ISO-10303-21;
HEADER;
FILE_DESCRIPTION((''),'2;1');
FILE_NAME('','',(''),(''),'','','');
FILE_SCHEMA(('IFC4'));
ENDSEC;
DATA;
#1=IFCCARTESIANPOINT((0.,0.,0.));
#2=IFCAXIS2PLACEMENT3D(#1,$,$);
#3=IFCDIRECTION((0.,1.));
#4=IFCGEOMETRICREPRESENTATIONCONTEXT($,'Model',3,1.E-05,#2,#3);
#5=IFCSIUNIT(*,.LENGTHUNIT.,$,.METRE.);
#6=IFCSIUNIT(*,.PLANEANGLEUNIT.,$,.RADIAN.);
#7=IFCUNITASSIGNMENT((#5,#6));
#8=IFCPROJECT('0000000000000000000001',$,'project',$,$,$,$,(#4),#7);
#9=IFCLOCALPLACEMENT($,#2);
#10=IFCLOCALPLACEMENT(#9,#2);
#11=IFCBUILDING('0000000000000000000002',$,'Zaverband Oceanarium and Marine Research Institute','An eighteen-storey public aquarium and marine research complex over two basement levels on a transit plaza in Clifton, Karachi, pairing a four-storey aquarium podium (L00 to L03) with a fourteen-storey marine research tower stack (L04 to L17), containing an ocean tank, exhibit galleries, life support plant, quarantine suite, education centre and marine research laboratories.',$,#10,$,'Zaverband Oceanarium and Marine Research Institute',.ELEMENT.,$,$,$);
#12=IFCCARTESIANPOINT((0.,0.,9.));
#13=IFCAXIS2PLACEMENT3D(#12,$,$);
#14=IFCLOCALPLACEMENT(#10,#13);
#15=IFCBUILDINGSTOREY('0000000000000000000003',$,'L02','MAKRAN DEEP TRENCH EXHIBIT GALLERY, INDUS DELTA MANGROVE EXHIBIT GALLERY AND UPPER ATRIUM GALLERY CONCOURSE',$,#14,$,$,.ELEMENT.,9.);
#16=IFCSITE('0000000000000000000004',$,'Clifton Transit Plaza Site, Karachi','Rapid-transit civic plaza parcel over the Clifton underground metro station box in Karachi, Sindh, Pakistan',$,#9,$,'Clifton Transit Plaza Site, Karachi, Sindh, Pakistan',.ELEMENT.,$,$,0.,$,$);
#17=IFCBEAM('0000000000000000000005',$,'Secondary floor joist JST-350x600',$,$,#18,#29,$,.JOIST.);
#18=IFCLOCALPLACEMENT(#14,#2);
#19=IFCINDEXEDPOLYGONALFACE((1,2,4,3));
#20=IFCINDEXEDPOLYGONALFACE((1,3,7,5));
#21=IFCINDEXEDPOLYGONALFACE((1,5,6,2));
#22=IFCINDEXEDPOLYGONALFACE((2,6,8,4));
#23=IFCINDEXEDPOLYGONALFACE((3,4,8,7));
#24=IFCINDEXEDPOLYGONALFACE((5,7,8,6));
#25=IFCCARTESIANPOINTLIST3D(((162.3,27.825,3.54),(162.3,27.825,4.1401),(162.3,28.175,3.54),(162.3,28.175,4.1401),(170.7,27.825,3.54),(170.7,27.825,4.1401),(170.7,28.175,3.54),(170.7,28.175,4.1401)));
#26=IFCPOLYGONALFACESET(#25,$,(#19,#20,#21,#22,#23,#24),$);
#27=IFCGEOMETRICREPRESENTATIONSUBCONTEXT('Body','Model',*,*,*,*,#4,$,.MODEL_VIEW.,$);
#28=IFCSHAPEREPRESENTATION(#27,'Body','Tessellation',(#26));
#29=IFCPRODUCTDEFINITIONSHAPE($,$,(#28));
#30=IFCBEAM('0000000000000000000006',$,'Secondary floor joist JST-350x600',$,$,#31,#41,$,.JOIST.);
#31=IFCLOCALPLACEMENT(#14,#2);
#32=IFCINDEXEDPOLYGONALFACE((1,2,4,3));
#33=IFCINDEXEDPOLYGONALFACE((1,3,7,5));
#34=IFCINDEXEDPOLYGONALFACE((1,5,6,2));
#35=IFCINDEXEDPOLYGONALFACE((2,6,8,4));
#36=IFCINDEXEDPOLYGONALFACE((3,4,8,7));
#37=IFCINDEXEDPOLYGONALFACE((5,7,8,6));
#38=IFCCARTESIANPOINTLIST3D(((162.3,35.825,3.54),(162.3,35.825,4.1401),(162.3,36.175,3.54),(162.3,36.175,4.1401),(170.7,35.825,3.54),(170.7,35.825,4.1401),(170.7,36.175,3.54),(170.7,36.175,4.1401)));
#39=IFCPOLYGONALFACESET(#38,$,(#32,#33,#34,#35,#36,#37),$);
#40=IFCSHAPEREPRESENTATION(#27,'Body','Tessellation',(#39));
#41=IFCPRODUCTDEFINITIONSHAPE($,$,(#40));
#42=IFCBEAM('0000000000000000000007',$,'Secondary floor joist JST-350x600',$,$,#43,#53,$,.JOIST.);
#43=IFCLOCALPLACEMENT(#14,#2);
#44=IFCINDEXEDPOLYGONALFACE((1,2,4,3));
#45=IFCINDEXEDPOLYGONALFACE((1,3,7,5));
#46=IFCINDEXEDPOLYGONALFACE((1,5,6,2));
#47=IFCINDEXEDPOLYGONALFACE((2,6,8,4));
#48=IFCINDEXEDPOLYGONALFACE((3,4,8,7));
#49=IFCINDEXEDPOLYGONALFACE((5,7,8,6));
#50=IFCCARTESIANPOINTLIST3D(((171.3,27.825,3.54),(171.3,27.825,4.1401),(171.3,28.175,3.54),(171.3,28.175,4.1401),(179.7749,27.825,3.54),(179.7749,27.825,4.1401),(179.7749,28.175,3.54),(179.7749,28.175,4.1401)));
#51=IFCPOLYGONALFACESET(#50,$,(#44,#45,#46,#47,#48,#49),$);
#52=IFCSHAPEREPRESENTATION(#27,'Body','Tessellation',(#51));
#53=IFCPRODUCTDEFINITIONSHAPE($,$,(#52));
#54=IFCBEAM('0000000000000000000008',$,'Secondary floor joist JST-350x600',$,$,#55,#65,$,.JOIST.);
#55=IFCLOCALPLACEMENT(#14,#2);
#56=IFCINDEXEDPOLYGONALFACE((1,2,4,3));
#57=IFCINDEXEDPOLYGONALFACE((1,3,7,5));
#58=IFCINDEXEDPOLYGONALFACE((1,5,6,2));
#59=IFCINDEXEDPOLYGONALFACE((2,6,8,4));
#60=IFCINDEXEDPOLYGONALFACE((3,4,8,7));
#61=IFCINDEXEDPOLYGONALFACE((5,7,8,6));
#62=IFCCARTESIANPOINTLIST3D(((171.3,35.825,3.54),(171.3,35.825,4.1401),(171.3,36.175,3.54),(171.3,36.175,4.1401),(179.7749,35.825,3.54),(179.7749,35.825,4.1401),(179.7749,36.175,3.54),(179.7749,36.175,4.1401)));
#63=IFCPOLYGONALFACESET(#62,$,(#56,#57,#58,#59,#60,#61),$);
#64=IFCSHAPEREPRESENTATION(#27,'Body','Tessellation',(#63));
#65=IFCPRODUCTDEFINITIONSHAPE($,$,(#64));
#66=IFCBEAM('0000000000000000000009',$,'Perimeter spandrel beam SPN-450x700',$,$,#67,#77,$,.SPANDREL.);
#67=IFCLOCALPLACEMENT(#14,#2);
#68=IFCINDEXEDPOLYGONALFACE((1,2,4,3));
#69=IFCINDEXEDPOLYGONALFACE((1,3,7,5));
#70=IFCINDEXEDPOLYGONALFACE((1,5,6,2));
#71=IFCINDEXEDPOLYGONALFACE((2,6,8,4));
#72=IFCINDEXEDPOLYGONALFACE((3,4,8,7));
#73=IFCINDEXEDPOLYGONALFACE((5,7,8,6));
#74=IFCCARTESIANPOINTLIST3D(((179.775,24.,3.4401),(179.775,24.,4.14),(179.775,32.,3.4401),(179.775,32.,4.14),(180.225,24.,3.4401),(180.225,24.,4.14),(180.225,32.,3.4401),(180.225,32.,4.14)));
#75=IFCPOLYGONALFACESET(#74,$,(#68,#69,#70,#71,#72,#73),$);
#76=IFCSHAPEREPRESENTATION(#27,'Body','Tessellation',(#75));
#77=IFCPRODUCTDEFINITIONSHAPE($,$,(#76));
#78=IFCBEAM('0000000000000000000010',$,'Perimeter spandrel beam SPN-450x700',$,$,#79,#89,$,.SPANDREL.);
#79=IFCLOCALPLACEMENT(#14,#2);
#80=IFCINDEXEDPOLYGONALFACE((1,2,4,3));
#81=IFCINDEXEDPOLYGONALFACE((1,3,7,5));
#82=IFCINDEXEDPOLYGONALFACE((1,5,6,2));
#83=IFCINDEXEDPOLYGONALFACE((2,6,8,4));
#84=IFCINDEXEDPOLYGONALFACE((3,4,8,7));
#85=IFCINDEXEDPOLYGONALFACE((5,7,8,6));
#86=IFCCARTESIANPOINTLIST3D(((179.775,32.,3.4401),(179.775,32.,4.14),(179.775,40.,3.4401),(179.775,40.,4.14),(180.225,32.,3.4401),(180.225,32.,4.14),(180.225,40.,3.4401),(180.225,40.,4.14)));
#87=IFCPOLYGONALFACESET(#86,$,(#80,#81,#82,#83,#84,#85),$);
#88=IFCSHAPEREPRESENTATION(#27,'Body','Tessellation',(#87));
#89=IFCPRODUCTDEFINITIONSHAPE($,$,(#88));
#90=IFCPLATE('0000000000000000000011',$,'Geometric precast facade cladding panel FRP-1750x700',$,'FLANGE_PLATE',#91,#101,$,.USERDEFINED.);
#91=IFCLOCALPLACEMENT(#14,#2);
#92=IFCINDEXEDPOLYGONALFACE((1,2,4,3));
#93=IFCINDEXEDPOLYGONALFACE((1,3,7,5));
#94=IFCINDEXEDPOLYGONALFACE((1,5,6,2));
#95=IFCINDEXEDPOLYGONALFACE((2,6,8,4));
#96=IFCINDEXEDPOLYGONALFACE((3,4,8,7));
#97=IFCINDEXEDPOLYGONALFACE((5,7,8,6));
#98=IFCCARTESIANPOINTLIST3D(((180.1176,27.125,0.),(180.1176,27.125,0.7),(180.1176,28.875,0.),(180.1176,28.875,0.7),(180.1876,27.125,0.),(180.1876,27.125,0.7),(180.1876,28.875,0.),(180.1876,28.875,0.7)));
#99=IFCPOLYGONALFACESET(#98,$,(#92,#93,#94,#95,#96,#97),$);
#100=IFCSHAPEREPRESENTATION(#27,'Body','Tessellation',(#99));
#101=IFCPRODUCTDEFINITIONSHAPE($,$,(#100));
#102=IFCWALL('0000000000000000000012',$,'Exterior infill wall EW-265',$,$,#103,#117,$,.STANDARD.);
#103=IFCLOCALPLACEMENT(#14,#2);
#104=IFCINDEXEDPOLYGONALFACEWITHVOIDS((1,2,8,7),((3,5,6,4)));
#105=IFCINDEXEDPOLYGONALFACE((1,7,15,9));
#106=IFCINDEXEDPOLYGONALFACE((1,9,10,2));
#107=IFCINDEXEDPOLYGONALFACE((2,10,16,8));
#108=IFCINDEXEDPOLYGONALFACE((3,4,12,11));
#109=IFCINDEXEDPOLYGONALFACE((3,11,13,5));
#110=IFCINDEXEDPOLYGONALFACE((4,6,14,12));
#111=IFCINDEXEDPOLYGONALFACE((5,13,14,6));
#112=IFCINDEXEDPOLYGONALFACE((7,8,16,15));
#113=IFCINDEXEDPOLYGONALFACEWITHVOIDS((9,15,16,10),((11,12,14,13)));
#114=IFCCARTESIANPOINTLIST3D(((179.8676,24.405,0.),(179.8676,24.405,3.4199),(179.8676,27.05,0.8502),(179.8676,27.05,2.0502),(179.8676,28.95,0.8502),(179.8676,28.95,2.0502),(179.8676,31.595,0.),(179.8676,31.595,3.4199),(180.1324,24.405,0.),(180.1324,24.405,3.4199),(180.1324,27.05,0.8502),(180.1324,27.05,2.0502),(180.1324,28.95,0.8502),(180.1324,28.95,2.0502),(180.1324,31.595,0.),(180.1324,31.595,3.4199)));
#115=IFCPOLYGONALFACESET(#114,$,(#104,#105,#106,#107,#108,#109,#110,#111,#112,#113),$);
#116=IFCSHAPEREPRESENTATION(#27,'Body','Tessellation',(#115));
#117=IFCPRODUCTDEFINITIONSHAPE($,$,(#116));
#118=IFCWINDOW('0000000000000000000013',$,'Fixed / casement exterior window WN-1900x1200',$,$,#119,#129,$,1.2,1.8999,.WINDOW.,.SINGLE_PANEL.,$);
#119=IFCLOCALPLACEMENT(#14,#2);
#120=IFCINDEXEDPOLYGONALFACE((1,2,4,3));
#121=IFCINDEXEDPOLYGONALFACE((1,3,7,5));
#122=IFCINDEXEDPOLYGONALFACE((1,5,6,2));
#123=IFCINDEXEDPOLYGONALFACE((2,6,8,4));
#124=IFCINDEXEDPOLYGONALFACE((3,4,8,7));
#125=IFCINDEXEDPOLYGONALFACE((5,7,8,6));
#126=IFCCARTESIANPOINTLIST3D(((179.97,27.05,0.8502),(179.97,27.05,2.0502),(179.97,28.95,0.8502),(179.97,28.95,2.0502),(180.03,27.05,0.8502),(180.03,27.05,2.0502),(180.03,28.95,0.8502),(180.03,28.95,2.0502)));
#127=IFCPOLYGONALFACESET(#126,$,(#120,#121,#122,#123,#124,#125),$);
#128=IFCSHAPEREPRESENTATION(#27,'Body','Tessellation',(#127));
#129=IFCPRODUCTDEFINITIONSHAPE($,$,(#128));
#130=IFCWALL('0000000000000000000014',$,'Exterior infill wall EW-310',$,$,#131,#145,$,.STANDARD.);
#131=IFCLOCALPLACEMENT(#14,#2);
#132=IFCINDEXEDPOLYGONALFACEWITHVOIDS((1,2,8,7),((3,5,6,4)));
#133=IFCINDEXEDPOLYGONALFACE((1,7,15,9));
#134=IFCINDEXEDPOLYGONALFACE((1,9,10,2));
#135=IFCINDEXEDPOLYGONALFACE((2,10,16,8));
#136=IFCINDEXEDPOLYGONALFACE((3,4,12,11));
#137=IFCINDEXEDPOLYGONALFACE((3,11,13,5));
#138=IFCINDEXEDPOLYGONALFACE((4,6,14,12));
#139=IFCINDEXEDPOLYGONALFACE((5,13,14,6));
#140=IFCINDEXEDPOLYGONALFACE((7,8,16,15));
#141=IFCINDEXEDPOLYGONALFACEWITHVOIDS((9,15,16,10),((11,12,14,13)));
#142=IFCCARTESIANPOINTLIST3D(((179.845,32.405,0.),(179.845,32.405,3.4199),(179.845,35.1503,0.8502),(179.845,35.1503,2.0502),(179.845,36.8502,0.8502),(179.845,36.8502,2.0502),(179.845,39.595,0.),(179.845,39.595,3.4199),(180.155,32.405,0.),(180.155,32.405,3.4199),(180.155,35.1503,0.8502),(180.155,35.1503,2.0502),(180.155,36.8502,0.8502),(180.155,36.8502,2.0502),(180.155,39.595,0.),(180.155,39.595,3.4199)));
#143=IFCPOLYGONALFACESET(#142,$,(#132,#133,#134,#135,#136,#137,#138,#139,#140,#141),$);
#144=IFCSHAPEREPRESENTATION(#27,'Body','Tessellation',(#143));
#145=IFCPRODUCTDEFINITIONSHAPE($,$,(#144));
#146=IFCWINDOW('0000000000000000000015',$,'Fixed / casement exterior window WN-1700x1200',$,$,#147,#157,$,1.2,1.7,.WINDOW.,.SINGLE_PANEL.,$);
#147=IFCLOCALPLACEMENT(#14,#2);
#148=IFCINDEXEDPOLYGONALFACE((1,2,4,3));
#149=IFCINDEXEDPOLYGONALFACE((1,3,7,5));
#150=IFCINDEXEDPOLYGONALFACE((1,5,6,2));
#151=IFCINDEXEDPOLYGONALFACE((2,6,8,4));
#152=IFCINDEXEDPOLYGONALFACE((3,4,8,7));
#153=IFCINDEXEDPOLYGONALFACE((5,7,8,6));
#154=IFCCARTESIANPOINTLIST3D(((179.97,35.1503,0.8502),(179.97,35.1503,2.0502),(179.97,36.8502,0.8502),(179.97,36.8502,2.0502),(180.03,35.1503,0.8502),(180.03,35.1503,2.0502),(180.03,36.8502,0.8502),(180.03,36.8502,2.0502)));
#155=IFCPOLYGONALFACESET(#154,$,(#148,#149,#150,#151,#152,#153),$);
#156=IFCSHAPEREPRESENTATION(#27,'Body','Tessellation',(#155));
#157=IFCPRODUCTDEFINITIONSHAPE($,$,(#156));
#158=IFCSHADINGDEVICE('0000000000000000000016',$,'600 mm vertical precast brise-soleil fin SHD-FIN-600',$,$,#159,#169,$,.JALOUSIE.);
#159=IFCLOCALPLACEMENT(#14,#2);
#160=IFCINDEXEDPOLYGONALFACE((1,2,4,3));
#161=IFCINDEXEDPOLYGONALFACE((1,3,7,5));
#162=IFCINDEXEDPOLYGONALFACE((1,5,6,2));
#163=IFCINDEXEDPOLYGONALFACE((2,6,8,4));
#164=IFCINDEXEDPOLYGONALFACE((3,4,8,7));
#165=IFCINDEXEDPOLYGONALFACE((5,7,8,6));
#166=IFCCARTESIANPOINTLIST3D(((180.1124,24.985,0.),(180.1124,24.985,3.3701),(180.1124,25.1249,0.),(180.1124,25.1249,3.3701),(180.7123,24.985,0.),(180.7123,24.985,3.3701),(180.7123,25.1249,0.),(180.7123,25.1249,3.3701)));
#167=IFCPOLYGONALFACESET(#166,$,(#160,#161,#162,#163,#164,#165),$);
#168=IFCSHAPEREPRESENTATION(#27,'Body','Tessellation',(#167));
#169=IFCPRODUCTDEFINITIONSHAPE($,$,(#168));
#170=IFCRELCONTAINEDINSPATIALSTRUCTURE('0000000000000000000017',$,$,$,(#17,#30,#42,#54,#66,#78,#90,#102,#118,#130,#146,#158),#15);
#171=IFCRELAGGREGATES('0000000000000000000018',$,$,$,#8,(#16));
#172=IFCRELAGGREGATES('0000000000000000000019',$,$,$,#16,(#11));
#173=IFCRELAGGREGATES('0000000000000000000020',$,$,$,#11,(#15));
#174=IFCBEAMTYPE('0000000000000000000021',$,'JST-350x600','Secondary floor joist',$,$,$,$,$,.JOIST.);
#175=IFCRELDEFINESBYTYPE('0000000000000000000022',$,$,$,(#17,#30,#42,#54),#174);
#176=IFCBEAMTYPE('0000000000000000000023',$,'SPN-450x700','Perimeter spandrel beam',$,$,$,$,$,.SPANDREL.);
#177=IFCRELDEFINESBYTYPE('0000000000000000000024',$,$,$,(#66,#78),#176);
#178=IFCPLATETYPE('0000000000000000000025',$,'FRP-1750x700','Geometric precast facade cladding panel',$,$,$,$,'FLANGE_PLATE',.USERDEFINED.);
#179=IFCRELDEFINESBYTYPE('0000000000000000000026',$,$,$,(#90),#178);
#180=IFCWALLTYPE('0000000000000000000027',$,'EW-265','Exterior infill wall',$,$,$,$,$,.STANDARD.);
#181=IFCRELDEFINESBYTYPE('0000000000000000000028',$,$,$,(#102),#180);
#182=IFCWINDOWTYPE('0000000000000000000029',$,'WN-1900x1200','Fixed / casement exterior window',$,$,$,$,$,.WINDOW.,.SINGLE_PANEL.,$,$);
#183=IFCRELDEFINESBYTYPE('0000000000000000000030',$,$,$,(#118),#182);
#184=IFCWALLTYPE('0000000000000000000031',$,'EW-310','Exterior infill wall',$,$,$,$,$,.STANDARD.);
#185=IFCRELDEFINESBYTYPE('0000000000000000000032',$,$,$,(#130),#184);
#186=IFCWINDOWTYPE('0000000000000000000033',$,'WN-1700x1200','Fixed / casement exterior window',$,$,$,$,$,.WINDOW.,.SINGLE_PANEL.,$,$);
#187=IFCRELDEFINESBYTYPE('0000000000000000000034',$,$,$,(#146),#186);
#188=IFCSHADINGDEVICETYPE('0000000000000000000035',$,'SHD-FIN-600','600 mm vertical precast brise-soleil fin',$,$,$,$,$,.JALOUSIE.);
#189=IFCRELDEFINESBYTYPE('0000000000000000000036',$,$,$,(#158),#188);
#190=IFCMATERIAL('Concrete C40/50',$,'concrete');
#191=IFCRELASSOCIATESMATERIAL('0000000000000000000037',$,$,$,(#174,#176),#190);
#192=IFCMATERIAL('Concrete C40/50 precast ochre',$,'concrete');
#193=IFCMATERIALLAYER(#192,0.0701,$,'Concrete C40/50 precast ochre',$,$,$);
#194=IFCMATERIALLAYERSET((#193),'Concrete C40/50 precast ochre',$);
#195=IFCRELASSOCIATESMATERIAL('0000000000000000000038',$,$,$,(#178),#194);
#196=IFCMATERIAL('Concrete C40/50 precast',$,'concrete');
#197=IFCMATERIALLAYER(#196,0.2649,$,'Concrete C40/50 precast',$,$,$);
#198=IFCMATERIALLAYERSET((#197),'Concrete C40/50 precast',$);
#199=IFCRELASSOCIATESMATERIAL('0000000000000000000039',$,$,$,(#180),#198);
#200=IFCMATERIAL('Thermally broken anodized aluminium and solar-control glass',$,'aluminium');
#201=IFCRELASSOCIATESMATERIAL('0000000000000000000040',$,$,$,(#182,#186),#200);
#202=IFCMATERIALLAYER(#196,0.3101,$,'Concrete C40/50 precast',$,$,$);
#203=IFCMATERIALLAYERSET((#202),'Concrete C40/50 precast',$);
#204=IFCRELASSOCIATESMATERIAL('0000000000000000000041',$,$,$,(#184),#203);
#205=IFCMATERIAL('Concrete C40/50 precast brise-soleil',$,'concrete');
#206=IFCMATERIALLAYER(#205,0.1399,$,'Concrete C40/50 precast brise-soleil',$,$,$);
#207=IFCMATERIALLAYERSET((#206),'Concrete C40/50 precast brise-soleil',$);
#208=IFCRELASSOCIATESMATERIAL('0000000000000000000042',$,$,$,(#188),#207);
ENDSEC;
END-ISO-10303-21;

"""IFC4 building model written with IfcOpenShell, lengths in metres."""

from ifc_helpers import new_model, si_unit, direction, frame, frame_2d, origin, origin_2d, place, context, subcontext, project, spatial, rectangle, extrude, material, layer, layer_set, material_profile, profile_set, type_object, element, fill, save


model = new_model("IFC4")

# Units and contexts
model_context = context("Model", 3, precision=1e-05, world=origin(), true_north=direction((0.0, 1.0)))
body_context = subcontext(model_context, "Body", "Model", "MODEL_VIEW")
ifc_project = project(units=[si_unit("LENGTHUNIT", "METRE"), si_unit("PLANEANGLEUNIT", "RADIAN")], contexts=[model_context])

# Site, building, storey
site_placement = place(None, origin())
site = spatial("IfcSite", under=ifc_project, at=site_placement, Name="Clifton Transit Plaza Site, Karachi", Description="Rapid-transit civic plaza parcel over the Clifton underground metro station box in Karachi, Sindh, Pakistan", LongName="Clifton Transit Plaza Site, Karachi, Sindh, Pakistan", CompositionType="ELEMENT", RefElevation=0.0)
building_placement = place(site_placement, origin())
building = spatial("IfcBuilding", under=site, at=building_placement, Name="Zaverband Oceanarium and Marine Research Institute", Description="An eighteen-storey public aquarium and marine research complex over two basement levels on a transit plaza in Clifton, Karachi, pairing a four-storey aquarium podium (L00 to L03) with a fourteen-storey marine research tower stack (L04 to L17), containing an ocean tank, exhibit galleries, life support plant, quarantine suite, education centre and marine research laboratories.", LongName="Zaverband Oceanarium and Marine Research Institute", CompositionType="ELEMENT")
storey_placement = place(building_placement, frame((0.0, 0.0, 9.0)))
storey = spatial("IfcBuildingStorey", under=building, at=storey_placement, Name="L02", Description="MAKRAN DEEP TRENCH EXHIBIT GALLERY, INDUS DELTA MANGROVE EXHIBIT GALLERY AND UPPER ATRIUM GALLERY CONCOURSE", CompositionType="ELEMENT", Elevation=9.0)

# Beams
ifc_material_1 = material(Name="Concrete C40/50", Category="concrete")
ifc_material_profile_1 = material_profile(ifc_material_1, rectangle(XDim=0.3501, YDim=0.6001, at=origin_2d()), Name="RC350x600")
ifc_profile_set_1 = profile_set([ifc_material_profile_1], Name="Concrete C40/50")
beam_type_1 = type_object("IfcBeamType", Name="JST-350x600", Description="Secondary floor joist", PredefinedType="JOIST", material=ifc_profile_set_1)
for number, where, z_axis, x_axis, name in (
    (1, (162.3, 28.0, 3.8401), (1.0, 0.0, 0.0), (0.0, 1.0, 0.0), "Secondary floor joist JST-350x600"),
    (2, (162.3, 36.0, 3.8401), (1.0, 0.0, 0.0), (0.0, 1.0, 0.0), "Secondary floor joist JST-350x600"),
):
    element("IfcBeam", number, at=place(storey_placement, frame(where, z_axis=z_axis, x_axis=x_axis)), inside=storey, type_object=beam_type_1, Name=name, PredefinedType="JOIST", context=body_context, shape_type="SweptSolid", body=[
        extrude(rectangle(XDim=0.3501, YDim=0.6001, at=origin_2d()), origin(), (0.0, 0.0, 1.0), 8.3999),
    ])
for number, where, z_axis, x_axis, name in (
    (3, (171.3, 28.0, 3.8401), (1.0, 0.0, 0.0), (0.0, 1.0, 0.0), "Secondary floor joist JST-350x600"),
    (4, (171.3, 36.0, 3.8401), (1.0, 0.0, 0.0), (0.0, 1.0, 0.0), "Secondary floor joist JST-350x600"),
):
    element("IfcBeam", number, at=place(storey_placement, frame(where, z_axis=z_axis, x_axis=x_axis)), inside=storey, type_object=beam_type_1, Name=name, PredefinedType="JOIST", context=body_context, shape_type="SweptSolid", body=[
        extrude(rectangle(XDim=0.3501, YDim=0.6001, at=origin_2d()), origin(), (0.0, 0.0, 1.0), 8.4749),
    ])
ifc_material_profile_2 = material_profile(ifc_material_1, rectangle(XDim=0.45, YDim=0.7, at=origin_2d()), Name="RC450x700")
ifc_profile_set_2 = profile_set([ifc_material_profile_2], Name="Concrete C40/50")
beam_type_2 = type_object("IfcBeamType", Name="SPN-450x700", Description="Perimeter spandrel beam", PredefinedType="SPANDREL", material=ifc_profile_set_2)
for number, where, z_axis, x_axis, name in (
    (5, (180.0, 24.0, 3.79), (0.0, 1.0, 0.0), (-1.0, 0.0, 0.0), "Perimeter spandrel beam SPN-450x700"),
    (6, (180.0, 32.0, 3.79), (0.0, 1.0, 0.0), (-1.0, 0.0, 0.0), "Perimeter spandrel beam SPN-450x700"),
):
    element("IfcBeam", number, at=place(storey_placement, frame(where, z_axis=z_axis, x_axis=x_axis)), inside=storey, type_object=beam_type_2, Name=name, PredefinedType="SPANDREL", context=body_context, shape_type="SweptSolid", body=[
        extrude(rectangle(XDim=0.45, YDim=0.7, at=origin_2d()), origin(), (0.0, 0.0, 1.0), 8.0),
    ])

# Plate
ifc_material_2 = material(Name="Concrete C40/50 precast ochre", Category="concrete")
ifc_layer_1 = layer(ifc_material_2, 0.0701, Name="Concrete C40/50 precast ochre")
ifc_layer_set_1 = layer_set([ifc_layer_1], Name="Concrete C40/50 precast ochre")
plate_type = type_object("IfcPlateType", Name="FRP-1750x700", Description="Geometric precast facade cladding panel", ElementType="FLANGE_PLATE", PredefinedType="USERDEFINED", material=ifc_layer_set_1)
plate_placement = place(storey_placement, frame((180.1526, 27.125, 0.0), z_axis=(0.0, 0.0, 1.0), x_axis=(0.0, 1.0, 0.0)))
element("IfcPlate", 7, at=plate_placement, inside=storey, type_object=plate_type, Name="Geometric precast facade cladding panel FRP-1750x700", ObjectType="FLANGE_PLATE", PredefinedType="USERDEFINED", context=body_context, shape_type="SweptSolid", body=[
    extrude(rectangle(XDim=1.75, YDim=0.0701, at=frame_2d((0.875, 0.0))), origin(), (0.0, 0.0, 1.0), 0.7),
])

# Walls, openings, windows
ifc_material_3 = material(Name="Concrete C40/50 precast", Category="concrete")
ifc_layer_2 = layer(ifc_material_3, 0.2649, Name="Concrete C40/50 precast")
ifc_layer_set_2 = layer_set([ifc_layer_2], Name="Concrete C40/50 precast")
wall_type_1 = type_object("IfcWallType", Name="EW-265", Description="Exterior infill wall", PredefinedType="STANDARD", material=ifc_layer_set_2)
wall_1_placement = place(storey_placement, frame((180.0, 24.405, 0.0), z_axis=(0.0, 0.0, 1.0), x_axis=(0.0, 1.0, 0.0)))
wall_1 = element("IfcWall", 8, at=wall_1_placement, inside=storey, type_object=wall_type_1, Name="Exterior infill wall EW-265", PredefinedType="STANDARD", context=body_context, shape_type="SweptSolid", body=[
    extrude(rectangle(XDim=7.1899, YDim=0.2649, at=frame_2d((3.595, 0.0))), origin(), (0.0, 0.0, 1.0), 3.4199),
])
opening_1_placement = place(wall_1_placement, frame((2.645, 0.0, 0.8501)))
opening_1 = element("IfcOpeningElement", 9, at=opening_1_placement, cuts=wall_1, PredefinedType="OPENING", context=body_context, shape_type="SweptSolid", body=[
    extrude(rectangle(XDim=1.8999, YDim=1.2, at=frame_2d((0.95, 0.6001))), frame((0.0, 0.1445, 0.0), z_axis=(0.0, -1.0, 0.0), x_axis=(1.0, 0.0, 0.0)), (0.0, 0.0, 1.0), 0.2888),
])
ifc_material_4 = material(Name="Thermally broken anodized aluminium and solar-control glass", Category="aluminium")
window_type_1 = type_object("IfcWindowType", Name="WN-1900x1200", Description="Fixed / casement exterior window", PartitioningType="SINGLE_PANEL", PredefinedType="WINDOW", material=ifc_material_4)
window_1_placement = place(opening_1_placement, origin())
window_1 = element("IfcWindow", 10, at=window_1_placement, inside=storey, type_object=window_type_1, Name="Fixed / casement exterior window WN-1900x1200", OverallHeight=1.2, OverallWidth=1.8999, PartitioningType="SINGLE_PANEL", PredefinedType="WINDOW", context=body_context, shape_type="SweptSolid", body=[
    extrude(rectangle(XDim=1.8999, YDim=1.2, at=frame_2d((0.95, 0.6001))), frame((0.0, 0.03, 0.0), z_axis=(0.0, -1.0, 0.0), x_axis=(1.0, 0.0, 0.0)), (0.0, 0.0, 1.0), 0.0601),
])
fill(opening_1, window_1)
ifc_layer_3 = layer(ifc_material_3, 0.3101, Name="Concrete C40/50 precast")
ifc_layer_set_3 = layer_set([ifc_layer_3], Name="Concrete C40/50 precast")
wall_type_2 = type_object("IfcWallType", Name="EW-310", Description="Exterior infill wall", PredefinedType="STANDARD", material=ifc_layer_set_3)
wall_2_placement = place(storey_placement, frame((180.0, 32.405, 0.0), z_axis=(0.0, 0.0, 1.0), x_axis=(0.0, 1.0, 0.0)))
wall_2 = element("IfcWall", 11, at=wall_2_placement, inside=storey, type_object=wall_type_2, Name="Exterior infill wall EW-310", PredefinedType="STANDARD", context=body_context, shape_type="SweptSolid", body=[
    extrude(rectangle(XDim=7.1899, YDim=0.3101, at=frame_2d((3.595, 0.0))), origin(), (0.0, 0.0, 1.0), 3.4199),
])
opening_2_placement = place(wall_2_placement, frame((2.7451, 0.0, 0.8501)))
opening_2 = element("IfcOpeningElement", 12, at=opening_2_placement, cuts=wall_2, PredefinedType="OPENING", context=body_context, shape_type="SweptSolid", body=[
    extrude(rectangle(XDim=1.7, YDim=1.2, at=frame_2d((0.8501, 0.6001))), frame((0.0, 0.167, 0.0), z_axis=(0.0, -1.0, 0.0), x_axis=(1.0, 0.0, 0.0)), (0.0, 0.0, 1.0), 0.334),
])
window_type_2 = type_object("IfcWindowType", Name="WN-1700x1200", Description="Fixed / casement exterior window", PartitioningType="SINGLE_PANEL", PredefinedType="WINDOW", material=ifc_material_4)
window_2_placement = place(opening_2_placement, origin())
window_2 = element("IfcWindow", 13, at=window_2_placement, inside=storey, type_object=window_type_2, Name="Fixed / casement exterior window WN-1700x1200", OverallHeight=1.2, OverallWidth=1.7, PartitioningType="SINGLE_PANEL", PredefinedType="WINDOW", context=body_context, shape_type="SweptSolid", body=[
    extrude(rectangle(XDim=1.7, YDim=1.2, at=frame_2d((0.8501, 0.6001))), frame((0.0, 0.03, 0.0), z_axis=(0.0, -1.0, 0.0), x_axis=(1.0, 0.0, 0.0)), (0.0, 0.0, 1.0), 0.0601),
])
fill(opening_2, window_2)

# Shading device
ifc_material_5 = material(Name="Concrete C40/50 precast brise-soleil", Category="concrete")
ifc_layer_4 = layer(ifc_material_5, 0.1399, Name="Concrete C40/50 precast brise-soleil")
ifc_layer_set_4 = layer_set([ifc_layer_4], Name="Concrete C40/50 precast brise-soleil")
shading_device_type = type_object("IfcShadingDeviceType", Name="SHD-FIN-600", Description="600 mm vertical precast brise-soleil fin", PredefinedType="JALOUSIE", material=ifc_layer_set_4)
shading_device_placement = place(storey_placement, frame((180.1125, 25.0549, 0.0), z_axis=(0.0, 0.0, 1.0), x_axis=(1.0, 0.0, 0.0)))
element("IfcShadingDevice", 14, at=shading_device_placement, inside=storey, type_object=shading_device_type, Name="600 mm vertical precast brise-soleil fin SHD-FIN-600", PredefinedType="JALOUSIE", context=body_context, shape_type="SweptSolid", body=[
    extrude(rectangle(XDim=0.5999, YDim=0.1399, at=frame_2d((0.2998, 0.0))), origin(), (0.0, 0.0, 1.0), 3.3701),
])

save(model, "model.ifc")
